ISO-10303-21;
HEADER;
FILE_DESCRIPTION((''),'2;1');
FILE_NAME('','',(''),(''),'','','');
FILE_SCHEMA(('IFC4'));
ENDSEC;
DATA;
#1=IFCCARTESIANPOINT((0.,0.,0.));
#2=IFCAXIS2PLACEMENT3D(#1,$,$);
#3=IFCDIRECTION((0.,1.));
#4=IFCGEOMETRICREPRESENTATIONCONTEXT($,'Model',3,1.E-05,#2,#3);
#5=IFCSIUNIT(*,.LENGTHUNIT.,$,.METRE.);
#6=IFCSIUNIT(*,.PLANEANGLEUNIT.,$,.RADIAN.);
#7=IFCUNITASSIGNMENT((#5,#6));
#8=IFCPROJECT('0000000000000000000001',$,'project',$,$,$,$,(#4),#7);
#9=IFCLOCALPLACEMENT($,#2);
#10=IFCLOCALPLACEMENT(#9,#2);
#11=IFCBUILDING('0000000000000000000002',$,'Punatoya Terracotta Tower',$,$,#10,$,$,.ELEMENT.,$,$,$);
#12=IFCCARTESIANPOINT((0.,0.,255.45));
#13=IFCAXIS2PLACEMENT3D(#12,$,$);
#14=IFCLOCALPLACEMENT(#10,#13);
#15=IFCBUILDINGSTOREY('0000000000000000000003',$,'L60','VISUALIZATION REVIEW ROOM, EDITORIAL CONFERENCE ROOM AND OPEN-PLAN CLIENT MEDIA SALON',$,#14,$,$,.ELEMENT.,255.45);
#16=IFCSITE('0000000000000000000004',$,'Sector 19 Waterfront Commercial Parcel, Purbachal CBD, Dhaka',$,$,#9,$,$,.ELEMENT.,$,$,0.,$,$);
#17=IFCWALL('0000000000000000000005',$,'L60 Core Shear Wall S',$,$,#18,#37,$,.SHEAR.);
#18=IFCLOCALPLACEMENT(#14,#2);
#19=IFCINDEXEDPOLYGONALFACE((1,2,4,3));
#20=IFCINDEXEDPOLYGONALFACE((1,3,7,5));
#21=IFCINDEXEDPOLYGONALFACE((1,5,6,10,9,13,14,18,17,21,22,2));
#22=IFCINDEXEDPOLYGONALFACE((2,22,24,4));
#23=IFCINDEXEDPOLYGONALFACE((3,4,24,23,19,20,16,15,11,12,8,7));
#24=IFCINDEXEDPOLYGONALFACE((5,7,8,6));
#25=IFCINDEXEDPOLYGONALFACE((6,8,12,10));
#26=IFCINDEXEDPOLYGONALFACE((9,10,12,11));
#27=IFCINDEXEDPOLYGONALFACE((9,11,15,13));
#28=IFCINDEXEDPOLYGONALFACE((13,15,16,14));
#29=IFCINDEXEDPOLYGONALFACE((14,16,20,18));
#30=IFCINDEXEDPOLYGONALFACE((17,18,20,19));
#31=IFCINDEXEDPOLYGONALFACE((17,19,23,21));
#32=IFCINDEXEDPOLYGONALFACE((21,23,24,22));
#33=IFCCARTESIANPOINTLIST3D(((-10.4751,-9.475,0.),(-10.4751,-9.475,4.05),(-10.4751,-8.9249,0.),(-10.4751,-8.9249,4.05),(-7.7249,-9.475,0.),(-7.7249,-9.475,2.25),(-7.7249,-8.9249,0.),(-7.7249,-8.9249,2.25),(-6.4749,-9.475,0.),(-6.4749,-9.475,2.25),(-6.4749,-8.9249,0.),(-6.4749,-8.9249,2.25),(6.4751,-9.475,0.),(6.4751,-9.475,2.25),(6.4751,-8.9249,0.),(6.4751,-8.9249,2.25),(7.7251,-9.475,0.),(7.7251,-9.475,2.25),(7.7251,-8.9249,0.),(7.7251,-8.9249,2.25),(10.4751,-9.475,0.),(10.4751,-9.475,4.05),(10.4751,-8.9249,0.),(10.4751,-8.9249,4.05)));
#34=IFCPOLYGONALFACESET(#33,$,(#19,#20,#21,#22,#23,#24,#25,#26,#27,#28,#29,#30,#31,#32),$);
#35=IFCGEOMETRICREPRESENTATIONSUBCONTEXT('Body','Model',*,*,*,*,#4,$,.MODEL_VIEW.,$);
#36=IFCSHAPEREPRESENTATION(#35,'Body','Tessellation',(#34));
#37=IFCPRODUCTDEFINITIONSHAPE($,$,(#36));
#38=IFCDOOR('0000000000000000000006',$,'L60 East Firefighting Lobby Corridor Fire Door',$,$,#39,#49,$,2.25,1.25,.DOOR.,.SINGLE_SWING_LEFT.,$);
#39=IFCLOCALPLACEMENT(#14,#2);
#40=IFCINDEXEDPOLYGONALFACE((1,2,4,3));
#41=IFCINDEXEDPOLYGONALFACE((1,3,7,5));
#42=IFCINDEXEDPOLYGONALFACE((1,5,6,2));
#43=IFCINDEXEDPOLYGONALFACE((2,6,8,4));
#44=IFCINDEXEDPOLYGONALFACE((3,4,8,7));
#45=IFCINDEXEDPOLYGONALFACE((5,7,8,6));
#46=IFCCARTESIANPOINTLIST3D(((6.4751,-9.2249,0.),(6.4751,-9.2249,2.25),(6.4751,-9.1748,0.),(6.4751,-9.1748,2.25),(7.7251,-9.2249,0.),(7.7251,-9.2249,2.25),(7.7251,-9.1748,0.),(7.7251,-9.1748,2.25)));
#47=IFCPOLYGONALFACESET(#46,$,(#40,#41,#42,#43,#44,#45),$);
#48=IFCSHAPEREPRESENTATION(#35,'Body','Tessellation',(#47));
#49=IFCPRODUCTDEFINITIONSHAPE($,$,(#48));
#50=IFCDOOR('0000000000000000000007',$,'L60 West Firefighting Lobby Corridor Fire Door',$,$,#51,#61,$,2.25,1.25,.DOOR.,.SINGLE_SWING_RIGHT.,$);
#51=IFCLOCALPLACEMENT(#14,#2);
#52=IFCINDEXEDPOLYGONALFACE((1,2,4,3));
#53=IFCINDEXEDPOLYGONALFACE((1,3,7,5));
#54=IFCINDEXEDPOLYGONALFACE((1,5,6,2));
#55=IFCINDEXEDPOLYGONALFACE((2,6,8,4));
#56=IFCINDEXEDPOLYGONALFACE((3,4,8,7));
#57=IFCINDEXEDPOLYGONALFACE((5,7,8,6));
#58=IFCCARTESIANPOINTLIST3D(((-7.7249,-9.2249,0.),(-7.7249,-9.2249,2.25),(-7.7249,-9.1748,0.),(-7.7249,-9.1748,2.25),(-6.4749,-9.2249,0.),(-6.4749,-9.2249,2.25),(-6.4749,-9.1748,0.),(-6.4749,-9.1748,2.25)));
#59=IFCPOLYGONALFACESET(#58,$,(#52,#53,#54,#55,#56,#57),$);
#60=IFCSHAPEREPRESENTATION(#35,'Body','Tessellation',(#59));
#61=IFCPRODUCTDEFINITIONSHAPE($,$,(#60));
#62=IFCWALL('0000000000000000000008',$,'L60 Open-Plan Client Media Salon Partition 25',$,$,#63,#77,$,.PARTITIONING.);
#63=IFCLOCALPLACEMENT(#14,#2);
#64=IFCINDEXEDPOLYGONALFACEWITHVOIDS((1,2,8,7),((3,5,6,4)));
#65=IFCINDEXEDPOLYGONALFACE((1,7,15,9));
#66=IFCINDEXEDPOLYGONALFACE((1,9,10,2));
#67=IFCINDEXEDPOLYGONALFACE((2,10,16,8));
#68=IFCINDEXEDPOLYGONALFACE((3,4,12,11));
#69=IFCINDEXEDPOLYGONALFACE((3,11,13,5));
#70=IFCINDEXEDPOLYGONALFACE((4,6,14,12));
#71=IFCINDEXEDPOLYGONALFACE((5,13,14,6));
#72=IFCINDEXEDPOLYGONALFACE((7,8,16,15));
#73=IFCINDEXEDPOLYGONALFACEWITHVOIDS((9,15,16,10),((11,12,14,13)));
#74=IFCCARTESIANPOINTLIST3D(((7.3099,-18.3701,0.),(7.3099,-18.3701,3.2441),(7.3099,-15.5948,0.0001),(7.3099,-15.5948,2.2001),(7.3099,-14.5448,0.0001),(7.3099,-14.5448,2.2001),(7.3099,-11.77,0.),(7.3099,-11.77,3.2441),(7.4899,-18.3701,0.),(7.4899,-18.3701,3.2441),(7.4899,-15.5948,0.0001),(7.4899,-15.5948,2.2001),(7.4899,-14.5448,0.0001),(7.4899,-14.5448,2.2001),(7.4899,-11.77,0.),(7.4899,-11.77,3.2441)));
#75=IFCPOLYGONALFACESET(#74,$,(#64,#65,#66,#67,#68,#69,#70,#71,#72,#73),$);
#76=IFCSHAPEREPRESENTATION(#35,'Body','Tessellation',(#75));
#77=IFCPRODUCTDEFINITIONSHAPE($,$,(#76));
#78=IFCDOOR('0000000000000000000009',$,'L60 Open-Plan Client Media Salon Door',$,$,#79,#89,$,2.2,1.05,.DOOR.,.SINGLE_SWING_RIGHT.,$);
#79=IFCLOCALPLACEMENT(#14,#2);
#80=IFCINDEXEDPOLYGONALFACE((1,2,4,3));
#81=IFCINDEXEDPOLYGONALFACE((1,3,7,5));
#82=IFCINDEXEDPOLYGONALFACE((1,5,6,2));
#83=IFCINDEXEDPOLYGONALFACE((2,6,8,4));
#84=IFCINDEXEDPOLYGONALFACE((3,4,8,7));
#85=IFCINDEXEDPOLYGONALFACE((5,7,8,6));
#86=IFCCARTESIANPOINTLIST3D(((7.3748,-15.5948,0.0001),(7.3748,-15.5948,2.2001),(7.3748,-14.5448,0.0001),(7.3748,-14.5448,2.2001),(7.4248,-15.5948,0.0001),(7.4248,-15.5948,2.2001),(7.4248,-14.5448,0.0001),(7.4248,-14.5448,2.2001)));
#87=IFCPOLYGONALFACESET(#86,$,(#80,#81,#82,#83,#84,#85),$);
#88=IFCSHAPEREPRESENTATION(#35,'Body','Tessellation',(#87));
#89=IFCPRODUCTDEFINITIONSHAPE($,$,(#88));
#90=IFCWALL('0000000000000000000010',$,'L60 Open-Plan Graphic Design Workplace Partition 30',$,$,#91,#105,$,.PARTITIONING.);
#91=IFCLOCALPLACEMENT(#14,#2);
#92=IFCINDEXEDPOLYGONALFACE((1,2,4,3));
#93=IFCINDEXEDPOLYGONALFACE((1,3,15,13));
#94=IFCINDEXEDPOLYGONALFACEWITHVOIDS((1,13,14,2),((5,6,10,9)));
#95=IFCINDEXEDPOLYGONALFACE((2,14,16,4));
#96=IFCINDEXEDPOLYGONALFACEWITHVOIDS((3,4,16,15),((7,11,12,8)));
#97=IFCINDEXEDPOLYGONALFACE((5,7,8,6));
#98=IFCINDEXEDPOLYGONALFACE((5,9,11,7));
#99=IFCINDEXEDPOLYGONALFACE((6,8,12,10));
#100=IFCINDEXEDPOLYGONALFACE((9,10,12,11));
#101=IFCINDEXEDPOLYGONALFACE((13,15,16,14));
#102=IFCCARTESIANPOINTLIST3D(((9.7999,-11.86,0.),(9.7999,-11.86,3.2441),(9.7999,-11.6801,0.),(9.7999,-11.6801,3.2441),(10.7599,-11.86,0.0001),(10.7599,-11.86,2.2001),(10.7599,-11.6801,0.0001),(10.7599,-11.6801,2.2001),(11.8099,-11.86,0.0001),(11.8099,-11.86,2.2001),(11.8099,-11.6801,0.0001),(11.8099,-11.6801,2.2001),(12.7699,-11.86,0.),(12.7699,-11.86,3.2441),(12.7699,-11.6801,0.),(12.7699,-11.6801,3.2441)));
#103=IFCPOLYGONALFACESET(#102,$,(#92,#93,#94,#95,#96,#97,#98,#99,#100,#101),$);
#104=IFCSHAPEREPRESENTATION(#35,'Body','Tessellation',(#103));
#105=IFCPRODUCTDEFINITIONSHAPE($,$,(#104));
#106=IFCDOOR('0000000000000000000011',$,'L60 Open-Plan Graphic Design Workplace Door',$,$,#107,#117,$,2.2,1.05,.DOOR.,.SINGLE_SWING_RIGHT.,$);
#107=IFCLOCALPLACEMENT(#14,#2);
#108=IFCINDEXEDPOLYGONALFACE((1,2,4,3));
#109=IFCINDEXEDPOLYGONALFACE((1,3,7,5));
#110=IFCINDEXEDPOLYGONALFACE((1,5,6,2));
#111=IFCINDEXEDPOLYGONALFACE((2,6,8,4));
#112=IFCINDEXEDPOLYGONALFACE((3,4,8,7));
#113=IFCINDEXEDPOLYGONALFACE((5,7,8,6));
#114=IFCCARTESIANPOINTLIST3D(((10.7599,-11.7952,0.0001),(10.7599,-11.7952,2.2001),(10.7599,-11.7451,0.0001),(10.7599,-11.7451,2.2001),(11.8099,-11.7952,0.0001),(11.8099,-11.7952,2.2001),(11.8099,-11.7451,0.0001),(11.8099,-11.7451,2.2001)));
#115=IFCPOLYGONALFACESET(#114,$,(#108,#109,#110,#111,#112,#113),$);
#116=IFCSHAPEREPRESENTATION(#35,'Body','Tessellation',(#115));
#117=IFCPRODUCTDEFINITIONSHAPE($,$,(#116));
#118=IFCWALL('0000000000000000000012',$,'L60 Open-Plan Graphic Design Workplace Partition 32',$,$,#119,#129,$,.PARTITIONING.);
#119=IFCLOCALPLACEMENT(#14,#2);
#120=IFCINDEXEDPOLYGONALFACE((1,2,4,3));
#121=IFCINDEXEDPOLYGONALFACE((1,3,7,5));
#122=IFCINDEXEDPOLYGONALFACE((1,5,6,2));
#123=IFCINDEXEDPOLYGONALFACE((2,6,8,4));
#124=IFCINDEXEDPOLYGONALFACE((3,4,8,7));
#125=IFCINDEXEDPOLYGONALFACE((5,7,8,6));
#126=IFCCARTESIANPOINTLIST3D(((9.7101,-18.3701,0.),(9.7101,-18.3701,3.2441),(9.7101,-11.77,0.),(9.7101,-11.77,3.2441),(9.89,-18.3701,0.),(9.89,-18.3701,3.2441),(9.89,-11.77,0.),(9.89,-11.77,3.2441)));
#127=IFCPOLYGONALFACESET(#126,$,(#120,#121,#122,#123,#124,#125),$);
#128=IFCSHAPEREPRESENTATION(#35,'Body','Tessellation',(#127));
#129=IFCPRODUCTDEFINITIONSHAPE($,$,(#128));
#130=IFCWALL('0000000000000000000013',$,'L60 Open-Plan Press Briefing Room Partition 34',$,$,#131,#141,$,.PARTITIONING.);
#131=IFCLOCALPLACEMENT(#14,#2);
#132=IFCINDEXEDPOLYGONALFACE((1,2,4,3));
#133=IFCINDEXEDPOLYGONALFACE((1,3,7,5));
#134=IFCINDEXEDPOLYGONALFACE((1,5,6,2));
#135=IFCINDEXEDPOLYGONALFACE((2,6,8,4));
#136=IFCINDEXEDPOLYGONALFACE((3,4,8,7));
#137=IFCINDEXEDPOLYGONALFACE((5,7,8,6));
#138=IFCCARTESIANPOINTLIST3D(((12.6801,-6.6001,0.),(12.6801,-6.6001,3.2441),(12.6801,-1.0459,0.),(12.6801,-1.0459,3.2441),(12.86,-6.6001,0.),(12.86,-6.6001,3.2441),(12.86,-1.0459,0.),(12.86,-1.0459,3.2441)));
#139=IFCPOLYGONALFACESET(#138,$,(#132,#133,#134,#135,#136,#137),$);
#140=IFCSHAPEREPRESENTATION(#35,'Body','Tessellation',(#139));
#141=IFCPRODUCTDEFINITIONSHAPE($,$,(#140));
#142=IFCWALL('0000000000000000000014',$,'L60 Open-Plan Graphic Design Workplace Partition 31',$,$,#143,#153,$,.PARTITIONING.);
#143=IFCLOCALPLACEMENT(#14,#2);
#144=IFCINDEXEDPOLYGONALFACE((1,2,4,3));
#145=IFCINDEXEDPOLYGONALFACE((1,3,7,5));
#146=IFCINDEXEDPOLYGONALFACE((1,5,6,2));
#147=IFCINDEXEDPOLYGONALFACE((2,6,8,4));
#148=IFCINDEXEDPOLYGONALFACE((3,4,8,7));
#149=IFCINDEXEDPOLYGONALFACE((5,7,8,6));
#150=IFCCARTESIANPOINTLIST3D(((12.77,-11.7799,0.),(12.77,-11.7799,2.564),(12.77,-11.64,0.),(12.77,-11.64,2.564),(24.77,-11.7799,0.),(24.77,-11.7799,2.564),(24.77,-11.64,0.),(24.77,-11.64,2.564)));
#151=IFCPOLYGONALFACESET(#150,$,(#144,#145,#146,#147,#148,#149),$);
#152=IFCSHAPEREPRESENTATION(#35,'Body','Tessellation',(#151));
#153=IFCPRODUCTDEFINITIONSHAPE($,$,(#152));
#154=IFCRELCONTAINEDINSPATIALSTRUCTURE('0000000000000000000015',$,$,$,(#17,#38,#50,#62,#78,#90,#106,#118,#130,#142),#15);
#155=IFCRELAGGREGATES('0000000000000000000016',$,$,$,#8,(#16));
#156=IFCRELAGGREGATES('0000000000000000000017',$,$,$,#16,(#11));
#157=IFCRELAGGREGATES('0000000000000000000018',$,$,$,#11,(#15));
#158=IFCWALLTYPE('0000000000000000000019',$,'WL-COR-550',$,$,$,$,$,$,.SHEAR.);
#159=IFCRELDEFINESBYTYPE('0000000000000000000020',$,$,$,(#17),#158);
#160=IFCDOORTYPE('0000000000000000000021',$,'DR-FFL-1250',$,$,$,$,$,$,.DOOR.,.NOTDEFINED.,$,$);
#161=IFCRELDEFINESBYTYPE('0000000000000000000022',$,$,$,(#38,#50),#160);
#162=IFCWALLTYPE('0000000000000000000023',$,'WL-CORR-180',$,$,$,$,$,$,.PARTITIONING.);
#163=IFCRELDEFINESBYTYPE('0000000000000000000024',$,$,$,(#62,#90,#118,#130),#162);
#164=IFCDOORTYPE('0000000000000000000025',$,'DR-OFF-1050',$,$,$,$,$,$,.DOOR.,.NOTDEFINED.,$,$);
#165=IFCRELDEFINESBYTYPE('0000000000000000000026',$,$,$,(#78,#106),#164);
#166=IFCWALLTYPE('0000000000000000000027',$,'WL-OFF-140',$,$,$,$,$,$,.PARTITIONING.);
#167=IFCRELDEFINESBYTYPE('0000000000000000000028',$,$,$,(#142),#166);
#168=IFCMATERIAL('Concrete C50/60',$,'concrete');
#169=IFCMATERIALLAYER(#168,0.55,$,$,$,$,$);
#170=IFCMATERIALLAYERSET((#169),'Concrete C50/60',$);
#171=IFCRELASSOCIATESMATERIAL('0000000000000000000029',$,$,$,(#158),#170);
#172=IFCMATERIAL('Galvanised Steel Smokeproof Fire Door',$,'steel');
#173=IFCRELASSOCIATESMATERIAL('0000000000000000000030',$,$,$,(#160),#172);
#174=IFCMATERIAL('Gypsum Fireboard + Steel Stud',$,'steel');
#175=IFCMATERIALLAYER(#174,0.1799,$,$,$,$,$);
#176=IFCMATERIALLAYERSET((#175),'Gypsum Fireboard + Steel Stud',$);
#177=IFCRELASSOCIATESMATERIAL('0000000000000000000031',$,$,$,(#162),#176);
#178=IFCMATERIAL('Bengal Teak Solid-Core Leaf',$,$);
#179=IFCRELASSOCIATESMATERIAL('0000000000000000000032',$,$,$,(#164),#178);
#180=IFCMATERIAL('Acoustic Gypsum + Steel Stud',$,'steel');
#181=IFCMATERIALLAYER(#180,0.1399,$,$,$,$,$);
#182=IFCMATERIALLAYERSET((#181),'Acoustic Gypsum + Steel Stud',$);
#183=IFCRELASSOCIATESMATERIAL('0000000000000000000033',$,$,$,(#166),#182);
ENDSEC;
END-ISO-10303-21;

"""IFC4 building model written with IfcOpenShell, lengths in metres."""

from ifc_helpers import new_model, si_unit, direction, frame, frame_2d, origin, place, context, subcontext, project, spatial, rectangle, extrude, material, layer, layer_set, type_object, element, fill, save


model = new_model("IFC4")

# Units and contexts
model_context = context("Model", 3, precision=1e-05, world=origin(), true_north=direction((0.0, 1.0)))
body_context = subcontext(model_context, "Body", "Model", "MODEL_VIEW")
ifc_project = project(units=[si_unit("LENGTHUNIT", "METRE"), si_unit("PLANEANGLEUNIT", "RADIAN")], contexts=[model_context])

# Site, building, storey
site_placement = place(None, origin())
site = spatial("IfcSite", under=ifc_project, at=site_placement, Name="Sector 19 Waterfront Commercial Parcel, Purbachal CBD, Dhaka", CompositionType="ELEMENT", RefElevation=0.0)
building_placement = place(site_placement, origin())
building = spatial("IfcBuilding", under=site, at=building_placement, Name="Punatoya Terracotta Tower", CompositionType="ELEMENT")
storey_placement = place(building_placement, frame((0.0, 0.0, 255.45)))
storey = spatial("IfcBuildingStorey", under=building, at=storey_placement, Name="L60", Description="VISUALIZATION REVIEW ROOM, EDITORIAL CONFERENCE ROOM AND OPEN-PLAN CLIENT MEDIA SALON", CompositionType="ELEMENT", Elevation=255.45)

# Wall, openings, doors
ifc_material_1 = material(Name="Concrete C50/60", Category="concrete")
ifc_layer_1 = layer(ifc_material_1, 0.55)
ifc_layer_set_1 = layer_set([ifc_layer_1], Name="Concrete C50/60")
wall_type_1 = type_object("IfcWallType", Name="WL-COR-550", PredefinedType="SHEAR", material=ifc_layer_set_1)
wall_1_placement = place(storey_placement, frame((10.4751, -9.2, 0.0), z_axis=(0.0, 0.0, 1.0), x_axis=(-1.0, 0.0, 0.0)))
wall_1 = element("IfcWall", 1, at=wall_1_placement, inside=storey, type_object=wall_type_1, Name="L60 Core Shear Wall S", PredefinedType="SHEAR", context=body_context, shape_type="SweptSolid", body=[
    extrude(rectangle(XDim=20.9502, YDim=0.55, at=frame_2d((10.4751, 0.0))), origin(), (0.0, 0.0, 1.0), 4.05),
])
opening_1_placement = place(wall_1_placement, frame((2.75, 0.0, 0.0)))
opening_1 = element("IfcOpeningElement", 2, at=opening_1_placement, cuts=wall_1, PredefinedType="OPENING", context=body_context, shape_type="SweptSolid", body=[
    extrude(rectangle(XDim=1.25, YDim=2.25, at=frame_2d((0.625, 1.125))), frame((0.0, 0.2849, 0.0), z_axis=(0.0, -1.0, 0.0), x_axis=(1.0, 0.0, 0.0)), (0.0, 0.0, 1.0), 0.5701),
])
opening_2_placement = place(wall_1_placement, frame((16.95, 0.0, 0.0)))
opening_2 = element("IfcOpeningElement", 3, at=opening_2_placement, cuts=wall_1, PredefinedType="OPENING", context=body_context, shape_type="SweptSolid", body=[
    extrude(rectangle(XDim=1.25, YDim=2.25, at=frame_2d((0.625, 1.125))), frame((0.0, 0.2849, 0.0), z_axis=(0.0, -1.0, 0.0), x_axis=(1.0, 0.0, 0.0)), (0.0, 0.0, 1.0), 0.5701),
])
ifc_material_2 = material(Name="Galvanised Steel Smokeproof Fire Door", Category="steel")
door_type_1 = type_object("IfcDoorType", Name="DR-FFL-1250", OperationType="NOTDEFINED", PredefinedType="DOOR", material=ifc_material_2)
door_1_placement = place(opening_1_placement, origin())
door_1 = element("IfcDoor", 4, at=door_1_placement, inside=storey, type_object=door_type_1, Name="L60 East Firefighting Lobby Corridor Fire Door", OperationType="SINGLE_SWING_LEFT", OverallHeight=2.25, OverallWidth=1.25, PredefinedType="DOOR", context=body_context, shape_type="SweptSolid", body=[
    extrude(rectangle(XDim=1.25, YDim=2.25, at=frame_2d((0.625, 1.125))), frame((0.0, 0.0249, 0.0), z_axis=(0.0, -1.0, 0.0), x_axis=(1.0, 0.0, 0.0)), (0.0, 0.0, 1.0), 0.05),
])
fill(opening_1, door_1)
door_2_placement = place(opening_2_placement, origin())
door_2 = element("IfcDoor", 5, at=door_2_placement, inside=storey, type_object=door_type_1, Name="L60 West Firefighting Lobby Corridor Fire Door", OperationType="SINGLE_SWING_RIGHT", OverallHeight=2.25, OverallWidth=1.25, PredefinedType="DOOR", context=body_context, shape_type="SweptSolid", body=[
    extrude(rectangle(XDim=1.25, YDim=2.25, at=frame_2d((0.625, 1.125))), frame((0.0, 0.0249, 0.0), z_axis=(0.0, -1.0, 0.0), x_axis=(1.0, 0.0, 0.0)), (0.0, 0.0, 1.0), 0.05),
])
fill(opening_2, door_2)

# Walls, openings, doors
ifc_material_3 = material(Name="Gypsum Fireboard + Steel Stud", Category="steel")
ifc_layer_2 = layer(ifc_material_3, 0.1799)
ifc_layer_set_2 = layer_set([ifc_layer_2], Name="Gypsum Fireboard + Steel Stud")
wall_type_2 = type_object("IfcWallType", Name="WL-CORR-180", PredefinedType="PARTITIONING", material=ifc_layer_set_2)
wall_2_placement = place(storey_placement, frame((7.3999, -11.77, 0.0), z_axis=(0.0, 0.0, 1.0), x_axis=(0.0, -1.0, 0.0)))
wall_2 = element("IfcWall", 6, at=wall_2_placement, inside=storey, type_object=wall_type_2, Name="L60 Open-Plan Client Media Salon Partition 25", PredefinedType="PARTITIONING", context=body_context, shape_type="SweptSolid", body=[
    extrude(rectangle(XDim=6.6001, YDim=0.1799, at=frame_2d((3.3, 0.0))), origin(), (0.0, 0.0, 1.0), 3.2441),
])
opening_3_placement = place(wall_2_placement, frame((2.7749, 0.0, 0.0)))
opening_3 = element("IfcOpeningElement", 7, at=opening_3_placement, cuts=wall_2, PredefinedType="OPENING", context=body_context, shape_type="SweptSolid", body=[
    extrude(rectangle(XDim=1.05, YDim=2.2, at=frame_2d((0.5249, 1.1001))), frame((0.0, 0.0999, 0.0), z_axis=(0.0, -1.0, 0.0), x_axis=(1.0, 0.0, 0.0)), (0.0, 0.0, 1.0), 0.2),
])
ifc_material_4 = material(Name="Bengal Teak Solid-Core Leaf")
door_type_2 = type_object("IfcDoorType", Name="DR-OFF-1050", OperationType="NOTDEFINED", PredefinedType="DOOR", material=ifc_material_4)
door_3_placement = place(opening_3_placement, origin())
door_3 = element("IfcDoor", 8, at=door_3_placement, inside=storey, type_object=door_type_2, Name="L60 Open-Plan Client Media Salon Door", OperationType="SINGLE_SWING_RIGHT", OverallHeight=2.2, OverallWidth=1.05, PredefinedType="DOOR", context=body_context, shape_type="SweptSolid", body=[
    extrude(rectangle(XDim=1.05, YDim=2.2, at=frame_2d((0.5249, 1.1001))), frame((0.0, 0.0249, 0.0), z_axis=(0.0, -1.0, 0.0), x_axis=(1.0, 0.0, 0.0)), (0.0, 0.0, 1.0), 0.05),
])
fill(opening_3, door_3)
wall_3_placement = place(storey_placement, frame((9.8, -11.77, 0.0), z_axis=(0.0, 0.0, 1.0), x_axis=(1.0, 0.0, 0.0)))
wall_3 = element("IfcWall", 9, at=wall_3_placement, inside=storey, type_object=wall_type_2, Name="L60 Open-Plan Graphic Design Workplace Partition 30", PredefinedType="PARTITIONING", context=body_context, shape_type="SweptSolid", body=[
    extrude(rectangle(XDim=2.97, YDim=0.1799, at=frame_2d((1.4849, 0.0))), origin(), (0.0, 0.0, 1.0), 3.2441),
])
opening_4_placement = place(wall_3_placement, frame((0.96, 0.0, 0.0)))
opening_4 = element("IfcOpeningElement", 10, at=opening_4_placement, cuts=wall_3, PredefinedType="OPENING", context=body_context, shape_type="SweptSolid", body=[
    extrude(rectangle(XDim=1.05, YDim=2.2, at=frame_2d((0.5249, 1.1001))), frame((0.0, 0.0999, 0.0), z_axis=(0.0, -1.0, 0.0), x_axis=(1.0, 0.0, 0.0)), (0.0, 0.0, 1.0), 0.2),
])
door_4_placement = place(opening_4_placement, origin())
door_4 = element("IfcDoor", 11, at=door_4_placement, inside=storey, type_object=door_type_2, Name="L60 Open-Plan Graphic Design Workplace Door", OperationType="SINGLE_SWING_RIGHT", OverallHeight=2.2, OverallWidth=1.05, PredefinedType="DOOR", context=body_context, shape_type="SweptSolid", body=[
    extrude(rectangle(XDim=1.05, YDim=2.2, at=frame_2d((0.5249, 1.1001))), frame((0.0, 0.0249, 0.0), z_axis=(0.0, -1.0, 0.0), x_axis=(1.0, 0.0, 0.0)), (0.0, 0.0, 1.0), 0.05),
])
fill(opening_4, door_4)

# Walls
wall_4_placement = place(storey_placement, frame((9.8, -18.3701, 0.0), z_axis=(0.0, 0.0, 1.0), x_axis=(0.0, 1.0, 0.0)))
element("IfcWall", 12, at=wall_4_placement, inside=storey, type_object=wall_type_2, Name="L60 Open-Plan Graphic Design Workplace Partition 32", PredefinedType="PARTITIONING", context=body_context, shape_type="SweptSolid", body=[
    extrude(rectangle(XDim=6.6001, YDim=0.1799, at=frame_2d((3.3, 0.0))), origin(), (0.0, 0.0, 1.0), 3.2441),
])
wall_5_placement = place(storey_placement, frame((12.77, -6.6001, 0.0), z_axis=(0.0, 0.0, 1.0), x_axis=(0.0, 1.0, 0.0)))
element("IfcWall", 13, at=wall_5_placement, inside=storey, type_object=wall_type_2, Name="L60 Open-Plan Press Briefing Room Partition 34", PredefinedType="PARTITIONING", context=body_context, shape_type="SweptSolid", body=[
    extrude(rectangle(XDim=5.5542, YDim=0.1799, at=frame_2d((2.7771, 0.0))), origin(), (0.0, 0.0, 1.0), 3.2441),
])
ifc_material_5 = material(Name="Acoustic Gypsum + Steel Stud", Category="steel")
ifc_layer_3 = layer(ifc_material_5, 0.1399)
ifc_layer_set_3 = layer_set([ifc_layer_3], Name="Acoustic Gypsum + Steel Stud")
wall_type_3 = type_object("IfcWallType", Name="WL-OFF-140", PredefinedType="PARTITIONING", material=ifc_layer_set_3)
wall_6_placement = place(storey_placement, frame((12.77, -11.71, 0.0), z_axis=(0.0, 0.0, 1.0), x_axis=(1.0, 0.0, 0.0)))
element("IfcWall", 14, at=wall_6_placement, inside=storey, type_object=wall_type_3, Name="L60 Open-Plan Graphic Design Workplace Partition 31", PredefinedType="PARTITIONING", context=body_context, shape_type="SweptSolid", body=[
    extrude(rectangle(XDim=12.0, YDim=0.1399, at=frame_2d((6.0, 0.0))), origin(), (0.0, 0.0, 1.0), 2.564),
])

save(model, "model.ifc")
